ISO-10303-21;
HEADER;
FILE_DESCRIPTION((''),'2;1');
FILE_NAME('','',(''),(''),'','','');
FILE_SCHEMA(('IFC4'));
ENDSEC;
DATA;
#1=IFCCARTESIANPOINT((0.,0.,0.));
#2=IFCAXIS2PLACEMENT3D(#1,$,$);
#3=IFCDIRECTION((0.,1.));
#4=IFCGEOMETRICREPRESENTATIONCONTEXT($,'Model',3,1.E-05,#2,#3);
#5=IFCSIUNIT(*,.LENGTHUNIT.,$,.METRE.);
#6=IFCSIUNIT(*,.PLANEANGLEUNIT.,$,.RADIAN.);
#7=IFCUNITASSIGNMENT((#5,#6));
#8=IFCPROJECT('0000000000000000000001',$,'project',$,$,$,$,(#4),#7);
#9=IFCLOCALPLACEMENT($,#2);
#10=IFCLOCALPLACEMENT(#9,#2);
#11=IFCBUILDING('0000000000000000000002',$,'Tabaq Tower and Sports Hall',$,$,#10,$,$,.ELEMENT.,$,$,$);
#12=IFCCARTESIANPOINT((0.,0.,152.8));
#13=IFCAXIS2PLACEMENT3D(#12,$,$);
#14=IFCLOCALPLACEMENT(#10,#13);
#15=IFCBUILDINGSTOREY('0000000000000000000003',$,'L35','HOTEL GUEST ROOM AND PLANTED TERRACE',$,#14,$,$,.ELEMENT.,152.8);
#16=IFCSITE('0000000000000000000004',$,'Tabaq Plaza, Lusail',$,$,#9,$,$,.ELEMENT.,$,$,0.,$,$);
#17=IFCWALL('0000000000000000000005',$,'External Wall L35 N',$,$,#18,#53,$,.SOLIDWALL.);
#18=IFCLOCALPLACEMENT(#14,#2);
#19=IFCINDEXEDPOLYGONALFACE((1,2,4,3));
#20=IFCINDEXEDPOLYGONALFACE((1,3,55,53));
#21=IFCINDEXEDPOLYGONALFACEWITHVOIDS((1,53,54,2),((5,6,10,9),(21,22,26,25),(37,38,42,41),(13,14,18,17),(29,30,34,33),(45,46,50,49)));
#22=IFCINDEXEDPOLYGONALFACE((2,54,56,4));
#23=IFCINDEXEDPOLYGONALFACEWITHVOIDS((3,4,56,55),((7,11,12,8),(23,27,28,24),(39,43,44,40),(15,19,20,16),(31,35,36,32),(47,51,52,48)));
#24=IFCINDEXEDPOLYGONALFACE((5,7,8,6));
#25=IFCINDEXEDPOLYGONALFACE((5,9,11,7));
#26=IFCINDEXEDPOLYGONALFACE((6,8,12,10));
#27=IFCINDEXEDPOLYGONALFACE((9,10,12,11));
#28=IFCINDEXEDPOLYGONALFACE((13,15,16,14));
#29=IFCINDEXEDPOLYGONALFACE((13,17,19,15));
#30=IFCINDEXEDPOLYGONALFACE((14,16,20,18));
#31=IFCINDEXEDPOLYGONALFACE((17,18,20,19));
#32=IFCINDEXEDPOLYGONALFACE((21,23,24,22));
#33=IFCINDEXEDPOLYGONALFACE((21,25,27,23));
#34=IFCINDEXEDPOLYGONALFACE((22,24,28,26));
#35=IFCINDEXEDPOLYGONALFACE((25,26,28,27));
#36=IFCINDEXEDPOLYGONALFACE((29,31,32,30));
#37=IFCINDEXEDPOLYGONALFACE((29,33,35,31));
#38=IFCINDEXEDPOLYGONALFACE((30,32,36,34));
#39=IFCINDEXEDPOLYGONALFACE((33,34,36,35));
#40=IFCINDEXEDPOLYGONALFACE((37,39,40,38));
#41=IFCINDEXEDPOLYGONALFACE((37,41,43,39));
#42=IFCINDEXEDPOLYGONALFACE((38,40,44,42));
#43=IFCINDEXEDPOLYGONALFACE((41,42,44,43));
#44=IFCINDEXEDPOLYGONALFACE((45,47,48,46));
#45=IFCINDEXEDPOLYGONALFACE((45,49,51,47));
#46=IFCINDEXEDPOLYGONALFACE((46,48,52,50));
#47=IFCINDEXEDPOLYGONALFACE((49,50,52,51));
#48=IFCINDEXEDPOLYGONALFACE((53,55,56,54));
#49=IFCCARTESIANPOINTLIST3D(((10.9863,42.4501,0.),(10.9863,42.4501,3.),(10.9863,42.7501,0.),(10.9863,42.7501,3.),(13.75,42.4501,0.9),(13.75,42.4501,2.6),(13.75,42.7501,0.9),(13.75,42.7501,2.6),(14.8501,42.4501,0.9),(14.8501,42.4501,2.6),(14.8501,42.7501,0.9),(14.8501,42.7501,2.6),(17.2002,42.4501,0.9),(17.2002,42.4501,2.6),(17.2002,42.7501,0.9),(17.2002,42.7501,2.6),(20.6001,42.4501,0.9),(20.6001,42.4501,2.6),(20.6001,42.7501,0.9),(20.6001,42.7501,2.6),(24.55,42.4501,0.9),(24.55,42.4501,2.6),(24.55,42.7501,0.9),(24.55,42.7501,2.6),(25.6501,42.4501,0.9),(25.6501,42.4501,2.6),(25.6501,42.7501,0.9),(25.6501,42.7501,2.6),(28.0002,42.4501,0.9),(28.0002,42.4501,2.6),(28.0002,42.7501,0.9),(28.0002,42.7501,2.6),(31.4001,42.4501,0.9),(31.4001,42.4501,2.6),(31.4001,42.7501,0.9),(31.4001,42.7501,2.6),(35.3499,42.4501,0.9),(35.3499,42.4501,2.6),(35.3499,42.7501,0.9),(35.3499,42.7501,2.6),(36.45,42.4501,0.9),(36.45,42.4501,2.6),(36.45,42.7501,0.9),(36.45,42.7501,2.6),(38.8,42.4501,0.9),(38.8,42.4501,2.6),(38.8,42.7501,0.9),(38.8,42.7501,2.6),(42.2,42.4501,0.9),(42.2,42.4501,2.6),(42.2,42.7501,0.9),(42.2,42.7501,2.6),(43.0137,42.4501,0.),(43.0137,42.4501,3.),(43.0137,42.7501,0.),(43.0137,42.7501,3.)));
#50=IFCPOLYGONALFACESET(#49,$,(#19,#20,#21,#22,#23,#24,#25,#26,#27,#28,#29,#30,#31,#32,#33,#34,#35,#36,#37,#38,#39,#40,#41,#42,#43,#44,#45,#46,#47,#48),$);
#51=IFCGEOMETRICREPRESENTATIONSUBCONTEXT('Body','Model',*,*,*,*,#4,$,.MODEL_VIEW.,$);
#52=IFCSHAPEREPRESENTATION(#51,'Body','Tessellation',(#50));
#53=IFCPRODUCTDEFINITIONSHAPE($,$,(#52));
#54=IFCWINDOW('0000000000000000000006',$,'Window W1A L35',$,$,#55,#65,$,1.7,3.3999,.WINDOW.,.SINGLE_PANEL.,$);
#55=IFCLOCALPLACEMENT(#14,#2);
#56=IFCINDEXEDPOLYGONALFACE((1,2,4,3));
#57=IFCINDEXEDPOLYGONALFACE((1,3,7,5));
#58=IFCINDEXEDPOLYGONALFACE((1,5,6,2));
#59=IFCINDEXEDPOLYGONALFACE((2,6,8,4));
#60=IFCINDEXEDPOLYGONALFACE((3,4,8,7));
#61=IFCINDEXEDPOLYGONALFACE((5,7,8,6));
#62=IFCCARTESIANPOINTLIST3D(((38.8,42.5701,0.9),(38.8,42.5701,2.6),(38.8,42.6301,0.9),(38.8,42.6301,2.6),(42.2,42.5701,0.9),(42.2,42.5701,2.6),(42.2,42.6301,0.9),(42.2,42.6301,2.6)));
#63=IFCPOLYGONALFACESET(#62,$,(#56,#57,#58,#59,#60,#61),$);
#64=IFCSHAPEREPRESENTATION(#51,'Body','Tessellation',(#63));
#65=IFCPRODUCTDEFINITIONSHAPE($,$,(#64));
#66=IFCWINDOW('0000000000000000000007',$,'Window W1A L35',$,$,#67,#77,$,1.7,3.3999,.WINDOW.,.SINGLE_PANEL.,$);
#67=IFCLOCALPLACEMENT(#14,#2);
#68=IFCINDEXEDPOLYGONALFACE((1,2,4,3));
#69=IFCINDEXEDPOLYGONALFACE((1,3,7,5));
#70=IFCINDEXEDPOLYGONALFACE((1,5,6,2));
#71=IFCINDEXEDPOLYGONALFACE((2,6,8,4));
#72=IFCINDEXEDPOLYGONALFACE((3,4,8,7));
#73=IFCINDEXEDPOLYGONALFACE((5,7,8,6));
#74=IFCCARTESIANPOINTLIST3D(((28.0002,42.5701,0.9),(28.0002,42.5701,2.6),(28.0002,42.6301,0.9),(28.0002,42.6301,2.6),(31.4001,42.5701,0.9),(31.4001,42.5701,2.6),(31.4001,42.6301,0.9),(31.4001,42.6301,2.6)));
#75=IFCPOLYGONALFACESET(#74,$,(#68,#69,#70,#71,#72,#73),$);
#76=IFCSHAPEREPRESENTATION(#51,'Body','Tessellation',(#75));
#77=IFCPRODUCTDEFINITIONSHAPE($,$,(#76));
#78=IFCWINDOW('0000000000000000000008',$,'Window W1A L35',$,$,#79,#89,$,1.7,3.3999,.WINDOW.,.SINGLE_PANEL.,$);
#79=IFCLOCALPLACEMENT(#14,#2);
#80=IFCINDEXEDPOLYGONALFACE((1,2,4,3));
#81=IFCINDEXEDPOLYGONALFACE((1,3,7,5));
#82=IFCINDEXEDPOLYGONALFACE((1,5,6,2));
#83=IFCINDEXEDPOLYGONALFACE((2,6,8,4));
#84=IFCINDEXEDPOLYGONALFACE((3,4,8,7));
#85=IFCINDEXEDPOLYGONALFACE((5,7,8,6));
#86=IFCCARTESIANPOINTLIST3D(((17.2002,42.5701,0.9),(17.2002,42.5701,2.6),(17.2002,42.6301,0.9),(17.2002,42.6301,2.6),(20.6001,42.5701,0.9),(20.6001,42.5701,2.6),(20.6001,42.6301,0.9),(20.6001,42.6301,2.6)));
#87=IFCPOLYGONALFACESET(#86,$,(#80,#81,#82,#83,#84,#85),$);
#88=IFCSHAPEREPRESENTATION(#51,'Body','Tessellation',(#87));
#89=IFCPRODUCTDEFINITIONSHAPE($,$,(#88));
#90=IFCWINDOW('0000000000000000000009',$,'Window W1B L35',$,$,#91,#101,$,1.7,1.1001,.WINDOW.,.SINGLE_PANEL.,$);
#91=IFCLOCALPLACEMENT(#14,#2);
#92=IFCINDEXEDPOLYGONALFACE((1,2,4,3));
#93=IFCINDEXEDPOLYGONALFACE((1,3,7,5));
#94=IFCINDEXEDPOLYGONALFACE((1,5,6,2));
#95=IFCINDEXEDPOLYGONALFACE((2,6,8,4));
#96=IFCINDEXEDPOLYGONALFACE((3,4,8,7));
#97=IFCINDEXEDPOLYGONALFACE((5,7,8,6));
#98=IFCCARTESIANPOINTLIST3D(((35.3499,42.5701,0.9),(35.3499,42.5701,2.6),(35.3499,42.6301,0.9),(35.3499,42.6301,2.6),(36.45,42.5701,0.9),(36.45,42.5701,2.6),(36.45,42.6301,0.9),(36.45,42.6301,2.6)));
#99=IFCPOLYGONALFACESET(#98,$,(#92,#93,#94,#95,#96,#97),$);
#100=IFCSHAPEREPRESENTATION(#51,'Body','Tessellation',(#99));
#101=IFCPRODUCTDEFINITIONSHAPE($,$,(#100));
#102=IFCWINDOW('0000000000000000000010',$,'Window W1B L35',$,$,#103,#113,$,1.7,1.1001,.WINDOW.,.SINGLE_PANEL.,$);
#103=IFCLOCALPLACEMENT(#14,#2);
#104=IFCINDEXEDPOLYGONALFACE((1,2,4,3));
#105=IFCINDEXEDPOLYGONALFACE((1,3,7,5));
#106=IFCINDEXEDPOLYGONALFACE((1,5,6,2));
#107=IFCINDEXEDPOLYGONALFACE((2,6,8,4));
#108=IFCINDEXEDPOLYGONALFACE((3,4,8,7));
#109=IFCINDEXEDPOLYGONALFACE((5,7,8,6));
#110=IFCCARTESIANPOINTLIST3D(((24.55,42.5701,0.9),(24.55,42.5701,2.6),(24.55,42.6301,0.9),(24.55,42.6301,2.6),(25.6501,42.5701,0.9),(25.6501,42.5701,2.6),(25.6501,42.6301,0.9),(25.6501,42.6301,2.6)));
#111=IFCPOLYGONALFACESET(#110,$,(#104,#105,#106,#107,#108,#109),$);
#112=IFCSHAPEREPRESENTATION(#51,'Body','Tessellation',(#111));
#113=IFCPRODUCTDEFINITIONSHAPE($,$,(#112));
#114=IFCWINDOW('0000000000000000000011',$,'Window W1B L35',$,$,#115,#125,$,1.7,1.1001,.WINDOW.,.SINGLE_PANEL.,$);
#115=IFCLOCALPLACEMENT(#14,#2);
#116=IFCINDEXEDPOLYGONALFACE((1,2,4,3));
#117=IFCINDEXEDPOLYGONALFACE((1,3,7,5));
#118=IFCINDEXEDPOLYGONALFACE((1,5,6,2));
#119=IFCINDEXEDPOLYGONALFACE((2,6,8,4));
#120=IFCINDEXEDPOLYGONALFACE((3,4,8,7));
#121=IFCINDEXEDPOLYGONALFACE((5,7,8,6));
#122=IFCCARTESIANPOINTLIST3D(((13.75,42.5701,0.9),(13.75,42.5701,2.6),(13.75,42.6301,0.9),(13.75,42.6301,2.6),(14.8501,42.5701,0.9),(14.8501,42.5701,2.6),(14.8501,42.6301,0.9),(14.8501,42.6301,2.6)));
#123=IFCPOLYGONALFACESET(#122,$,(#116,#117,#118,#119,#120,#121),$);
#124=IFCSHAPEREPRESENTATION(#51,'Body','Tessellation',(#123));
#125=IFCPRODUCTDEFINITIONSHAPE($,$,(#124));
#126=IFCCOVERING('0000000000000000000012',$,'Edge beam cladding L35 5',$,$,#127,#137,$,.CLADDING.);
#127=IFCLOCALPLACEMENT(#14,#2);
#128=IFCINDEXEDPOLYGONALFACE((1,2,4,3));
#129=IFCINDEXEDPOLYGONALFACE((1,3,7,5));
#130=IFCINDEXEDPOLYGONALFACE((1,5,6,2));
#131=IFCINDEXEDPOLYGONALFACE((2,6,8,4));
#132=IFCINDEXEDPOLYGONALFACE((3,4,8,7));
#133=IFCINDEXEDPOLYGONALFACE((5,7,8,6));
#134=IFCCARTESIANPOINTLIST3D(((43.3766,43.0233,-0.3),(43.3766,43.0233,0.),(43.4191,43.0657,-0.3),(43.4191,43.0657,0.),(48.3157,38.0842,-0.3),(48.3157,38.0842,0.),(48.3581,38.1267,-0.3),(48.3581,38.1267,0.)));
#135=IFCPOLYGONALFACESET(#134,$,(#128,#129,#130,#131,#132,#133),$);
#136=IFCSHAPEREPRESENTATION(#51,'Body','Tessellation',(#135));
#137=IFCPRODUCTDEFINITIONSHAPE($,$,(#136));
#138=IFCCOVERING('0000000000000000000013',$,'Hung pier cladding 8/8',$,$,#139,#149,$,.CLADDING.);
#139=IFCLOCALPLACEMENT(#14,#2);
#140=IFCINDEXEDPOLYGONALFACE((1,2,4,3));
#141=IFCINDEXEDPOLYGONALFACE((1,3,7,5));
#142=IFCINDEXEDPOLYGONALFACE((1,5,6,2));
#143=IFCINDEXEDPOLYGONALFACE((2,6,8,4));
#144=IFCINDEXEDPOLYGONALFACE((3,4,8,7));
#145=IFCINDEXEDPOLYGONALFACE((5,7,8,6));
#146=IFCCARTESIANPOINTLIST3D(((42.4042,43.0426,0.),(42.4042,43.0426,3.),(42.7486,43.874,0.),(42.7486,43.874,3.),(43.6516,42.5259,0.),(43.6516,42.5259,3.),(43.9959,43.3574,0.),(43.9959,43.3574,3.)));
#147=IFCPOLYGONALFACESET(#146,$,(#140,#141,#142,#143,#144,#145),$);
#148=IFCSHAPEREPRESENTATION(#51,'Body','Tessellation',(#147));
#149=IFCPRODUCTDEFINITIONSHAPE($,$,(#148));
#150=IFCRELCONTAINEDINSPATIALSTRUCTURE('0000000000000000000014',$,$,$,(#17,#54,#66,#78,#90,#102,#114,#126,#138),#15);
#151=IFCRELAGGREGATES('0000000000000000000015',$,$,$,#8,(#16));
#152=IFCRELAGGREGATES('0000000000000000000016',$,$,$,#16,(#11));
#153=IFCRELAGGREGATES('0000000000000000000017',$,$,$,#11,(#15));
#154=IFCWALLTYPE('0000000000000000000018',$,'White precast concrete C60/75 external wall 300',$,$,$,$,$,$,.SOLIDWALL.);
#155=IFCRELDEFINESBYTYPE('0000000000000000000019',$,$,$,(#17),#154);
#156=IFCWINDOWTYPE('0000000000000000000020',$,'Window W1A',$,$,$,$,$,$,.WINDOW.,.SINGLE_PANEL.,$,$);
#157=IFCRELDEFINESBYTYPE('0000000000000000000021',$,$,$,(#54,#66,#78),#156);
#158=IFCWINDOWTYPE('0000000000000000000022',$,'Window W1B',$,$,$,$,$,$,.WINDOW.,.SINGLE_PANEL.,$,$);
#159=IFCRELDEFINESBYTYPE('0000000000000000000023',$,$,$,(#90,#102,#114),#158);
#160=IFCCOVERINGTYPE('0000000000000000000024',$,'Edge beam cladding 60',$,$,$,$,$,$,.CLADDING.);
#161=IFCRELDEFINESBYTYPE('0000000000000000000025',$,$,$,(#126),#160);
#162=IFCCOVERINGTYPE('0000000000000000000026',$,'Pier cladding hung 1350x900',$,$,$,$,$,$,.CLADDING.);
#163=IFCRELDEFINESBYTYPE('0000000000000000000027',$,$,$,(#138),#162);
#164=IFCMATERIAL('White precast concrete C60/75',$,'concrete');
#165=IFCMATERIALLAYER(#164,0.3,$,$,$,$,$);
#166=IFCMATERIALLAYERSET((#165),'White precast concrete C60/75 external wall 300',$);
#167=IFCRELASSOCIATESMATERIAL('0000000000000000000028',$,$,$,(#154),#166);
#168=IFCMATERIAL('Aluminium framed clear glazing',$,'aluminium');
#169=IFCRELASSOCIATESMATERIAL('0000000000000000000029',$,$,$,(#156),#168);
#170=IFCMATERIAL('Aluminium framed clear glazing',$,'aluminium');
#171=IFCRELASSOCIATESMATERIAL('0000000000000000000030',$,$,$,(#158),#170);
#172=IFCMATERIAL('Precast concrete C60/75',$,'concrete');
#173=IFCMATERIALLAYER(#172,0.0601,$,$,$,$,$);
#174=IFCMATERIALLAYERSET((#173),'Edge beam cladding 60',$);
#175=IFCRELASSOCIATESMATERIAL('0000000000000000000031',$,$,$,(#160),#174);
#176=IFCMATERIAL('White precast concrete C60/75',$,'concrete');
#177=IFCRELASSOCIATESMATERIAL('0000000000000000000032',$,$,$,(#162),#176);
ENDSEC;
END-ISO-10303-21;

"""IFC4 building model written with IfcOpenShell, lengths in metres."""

from ifc_helpers import new_model, si_unit, direction, frame, frame_2d, origin, place, context, subcontext, project, spatial, rectangle, extrude, material, layer, layer_set, type_object, element, fill, save


model = new_model("IFC4")

# Units and contexts
model_context = context("Model", 3, precision=1e-05, world=origin(), true_north=direction((0.0, 1.0)))
body_context = subcontext(model_context, "Body", "Model", "MODEL_VIEW")
ifc_project = project(units=[si_unit("LENGTHUNIT", "METRE"), si_unit("PLANEANGLEUNIT", "RADIAN")], contexts=[model_context])

# Site, building, storey
site_placement = place(None, origin())
site = spatial("IfcSite", under=ifc_project, at=site_placement, Name="Tabaq Plaza, Lusail", CompositionType="ELEMENT", RefElevation=0.0)
building_placement = place(site_placement, origin())
building = spatial("IfcBuilding", under=site, at=building_placement, Name="Tabaq Tower and Sports Hall", CompositionType="ELEMENT")
storey_placement = place(building_placement, frame((0.0, 0.0, 152.8)))
storey = spatial("IfcBuildingStorey", under=building, at=storey_placement, Name="L35", Description="HOTEL GUEST ROOM AND PLANTED TERRACE", CompositionType="ELEMENT", Elevation=152.8)

# Wall, openings, windows
ifc_material_1 = material(Name="White precast concrete C60/75", Category="concrete")
ifc_layer_1 = layer(ifc_material_1, 0.3)
ifc_layer_set_1 = layer_set([ifc_layer_1], Name="White precast concrete C60/75 external wall 300")
wall_type_1 = type_object("IfcWallType", Name="White precast concrete C60/75 external wall 300", PredefinedType="SOLIDWALL", material=ifc_layer_set_1)
wall_1_placement = place(storey_placement, frame((43.0137, 42.6001, 0.0), z_axis=(0.0, 0.0, 1.0), x_axis=(-1.0, 0.0, 0.0)))
wall_1 = element("IfcWall", 1, at=wall_1_placement, inside=storey, type_object=wall_type_1, Name="External Wall L35 N", PredefinedType="SOLIDWALL", context=body_context, shape_type="SweptSolid", body=[
    extrude(rectangle(XDim=32.0273, YDim=0.3, at=frame_2d((16.0137, 0.0))), origin(), (0.0, 0.0, 1.0), 3.0),
])
opening_1_placement = place(wall_1_placement, frame((0.8137, 0.0, 0.8999)))
opening_1 = element("IfcOpeningElement", 2, at=opening_1_placement, cuts=wall_1, PredefinedType="OPENING", context=body_context, shape_type="SweptSolid", body=[
    extrude(rectangle(XDim=3.3999, YDim=1.7, at=frame_2d((1.7, 0.8501))), frame((0.0, 0.1602, 0.0), z_axis=(0.0, -1.0, 0.0), x_axis=(1.0, 0.0, 0.0)), (0.0, 0.0, 1.0), 0.3201),
])
opening_2_placement = place(wall_1_placement, frame((6.5637, 0.0, 0.8999)))
opening_2 = element("IfcOpeningElement", 3, at=opening_2_placement, cuts=wall_1, PredefinedType="OPENING", context=body_context, shape_type="SweptSolid", body=[
    extrude(rectangle(XDim=1.1001, YDim=1.7, at=frame_2d((0.55, 0.8501))), frame((0.0, 0.1602, 0.0), z_axis=(0.0, -1.0, 0.0), x_axis=(1.0, 0.0, 0.0)), (0.0, 0.0, 1.0), 0.3201),
])
opening_3_placement = place(wall_1_placement, frame((11.6135, 0.0, 0.8999)))
opening_3 = element("IfcOpeningElement", 4, at=opening_3_placement, cuts=wall_1, PredefinedType="OPENING", context=body_context, shape_type="SweptSolid", body=[
    extrude(rectangle(XDim=3.3999, YDim=1.7, at=frame_2d((1.7, 0.8501))), frame((0.0, 0.1602, 0.0), z_axis=(0.0, -1.0, 0.0), x_axis=(1.0, 0.0, 0.0)), (0.0, 0.0, 1.0), 0.3201),
])
opening_4_placement = place(wall_1_placement, frame((17.3635, 0.0, 0.8999)))
opening_4 = element("IfcOpeningElement", 5, at=opening_4_placement, cuts=wall_1, PredefinedType="OPENING", context=body_context, shape_type="SweptSolid", body=[
    extrude(rectangle(XDim=1.1001, YDim=1.7, at=frame_2d((0.55, 0.8501))), frame((0.0, 0.1602, 0.0), z_axis=(0.0, -1.0, 0.0), x_axis=(1.0, 0.0, 0.0)), (0.0, 0.0, 1.0), 0.3201),
])
opening_5_placement = place(wall_1_placement, frame((22.4136, 0.0, 0.8999)))
opening_5 = element("IfcOpeningElement", 6, at=opening_5_placement, cuts=wall_1, PredefinedType="OPENING", context=body_context, shape_type="SweptSolid", body=[
    extrude(rectangle(XDim=3.3999, YDim=1.7, at=frame_2d((1.7, 0.8501))), frame((0.0, 0.1602, 0.0), z_axis=(0.0, -1.0, 0.0), x_axis=(1.0, 0.0, 0.0)), (0.0, 0.0, 1.0), 0.3201),
])
opening_6_placement = place(wall_1_placement, frame((28.1636, 0.0, 0.8999)))
opening_6 = element("IfcOpeningElement", 7, at=opening_6_placement, cuts=wall_1, PredefinedType="OPENING", context=body_context, shape_type="SweptSolid", body=[
    extrude(rectangle(XDim=1.1001, YDim=1.7, at=frame_2d((0.55, 0.8501))), frame((0.0, 0.1602, 0.0), z_axis=(0.0, -1.0, 0.0), x_axis=(1.0, 0.0, 0.0)), (0.0, 0.0, 1.0), 0.3201),
])
ifc_material_2 = material(Name="Aluminium framed clear glazing", Category="aluminium")
window_type_1 = type_object("IfcWindowType", Name="Window W1A", PartitioningType="SINGLE_PANEL", PredefinedType="WINDOW", material=ifc_material_2)
window_1_placement = place(opening_1_placement, origin())
window_1 = element("IfcWindow", 8, at=window_1_placement, inside=storey, type_object=window_type_1, Name="Window W1A L35", OverallHeight=1.7, OverallWidth=3.3999, PartitioningType="SINGLE_PANEL", PredefinedType="WINDOW", context=body_context, shape_type="SweptSolid", body=[
    extrude(rectangle(XDim=3.3999, YDim=1.7, at=frame_2d((1.7, 0.8501))), frame((0.0, 0.03, 0.0), z_axis=(0.0, -1.0, 0.0), x_axis=(1.0, 0.0, 0.0)), (0.0, 0.0, 1.0), 0.0601),
])
fill(opening_1, window_1)
window_2_placement = place(opening_3_placement, origin())
window_2 = element("IfcWindow", 9, at=window_2_placement, inside=storey, type_object=window_type_1, Name="Window W1A L35", OverallHeight=1.7, OverallWidth=3.3999, PartitioningType="SINGLE_PANEL", PredefinedType="WINDOW", context=body_context, shape_type="SweptSolid", body=[
    extrude(rectangle(XDim=3.3999, YDim=1.7, at=frame_2d((1.7, 0.8501))), frame((0.0, 0.03, 0.0), z_axis=(0.0, -1.0, 0.0), x_axis=(1.0, 0.0, 0.0)), (0.0, 0.0, 1.0), 0.0601),
])
fill(opening_3, window_2)
window_3_placement = place(opening_5_placement, origin())
window_3 = element("IfcWindow", 10, at=window_3_placement, inside=storey, type_object=window_type_1, Name="Window W1A L35", OverallHeight=1.7, OverallWidth=3.3999, PartitioningType="SINGLE_PANEL", PredefinedType="WINDOW", context=body_context, shape_type="SweptSolid", body=[
    extrude(rectangle(XDim=3.3999, YDim=1.7, at=frame_2d((1.7, 0.8501))), frame((0.0, 0.03, 0.0), z_axis=(0.0, -1.0, 0.0), x_axis=(1.0, 0.0, 0.0)), (0.0, 0.0, 1.0), 0.0601),
])
fill(opening_5, window_3)
ifc_material_3 = material(Name="Aluminium framed clear glazing", Category="aluminium")
window_type_2 = type_object("IfcWindowType", Name="Window W1B", PartitioningType="SINGLE_PANEL", PredefinedType="WINDOW", material=ifc_material_3)
window_4_placement = place(opening_2_placement, origin())
window_4 = element("IfcWindow", 11, at=window_4_placement, inside=storey, type_object=window_type_2, Name="Window W1B L35", OverallHeight=1.7, OverallWidth=1.1001, PartitioningType="SINGLE_PANEL", PredefinedType="WINDOW", context=body_context, shape_type="SweptSolid", body=[
    extrude(rectangle(XDim=1.1001, YDim=1.7, at=frame_2d((0.55, 0.8501))), frame((0.0, 0.03, 0.0), z_axis=(0.0, -1.0, 0.0), x_axis=(1.0, 0.0, 0.0)), (0.0, 0.0, 1.0), 0.0601),
])
fill(opening_2, window_4)
window_5_placement = place(opening_4_placement, origin())
window_5 = element("IfcWindow", 12, at=window_5_placement, inside=storey, type_object=window_type_2, Name="Window W1B L35", OverallHeight=1.7, OverallWidth=1.1001, PartitioningType="SINGLE_PANEL", PredefinedType="WINDOW", context=body_context, shape_type="SweptSolid", body=[
    extrude(rectangle(XDim=1.1001, YDim=1.7, at=frame_2d((0.55, 0.8501))), frame((0.0, 0.03, 0.0), z_axis=(0.0, -1.0, 0.0), x_axis=(1.0, 0.0, 0.0)), (0.0, 0.0, 1.0), 0.0601),
])
fill(opening_4, window_5)
window_6_placement = place(opening_6_placement, origin())
window_6 = element("IfcWindow", 13, at=window_6_placement, inside=storey, type_object=window_type_2, Name="Window W1B L35", OverallHeight=1.7, OverallWidth=1.1001, PartitioningType="SINGLE_PANEL", PredefinedType="WINDOW", context=body_context, shape_type="SweptSolid", body=[
    extrude(rectangle(XDim=1.1001, YDim=1.7, at=frame_2d((0.55, 0.8501))), frame((0.0, 0.03, 0.0), z_axis=(0.0, -1.0, 0.0), x_axis=(1.0, 0.0, 0.0)), (0.0, 0.0, 1.0), 0.0601),
])
fill(opening_6, window_6)

# Coverings
ifc_material_4 = material(Name="Precast concrete C60/75", Category="concrete")
ifc_layer_2 = layer(ifc_material_4, 0.0601)
ifc_layer_set_2 = layer_set([ifc_layer_2], Name="Edge beam cladding 60")
covering_type_1 = type_object("IfcCoveringType", Name="Edge beam cladding 60", PredefinedType="CLADDING", material=ifc_layer_set_2)
covering_1_placement = place(storey_placement, frame((48.3369, 38.1055, -0.3), z_axis=(0.0, 0.0, 1.0), x_axis=(-0.707107, 0.707107, 0.0)))
element("IfcCovering", 14, at=covering_1_placement, inside=storey, type_object=covering_type_1, Name="Edge beam cladding L35 5", PredefinedType="CLADDING", context=body_context, shape_type="SweptSolid", body=[
    extrude(rectangle(XDim=6.9849, YDim=0.0601, at=frame_2d((3.4924, 0.0))), origin(), (0.0, 0.0, 1.0), 0.3),
])
ifc_material_5 = material(Name="White precast concrete C60/75", Category="concrete")
covering_type_2 = type_object("IfcCoveringType", Name="Pier cladding hung 1350x900", PredefinedType="CLADDING", material=ifc_material_5)
covering_2_placement = place(storey_placement, frame((43.8237, 42.9417, 0.0), z_axis=(0.0, 0.0, 1.0), x_axis=(-0.923893, 0.38265, 0.0)))
element("IfcCovering", 15, at=covering_2_placement, inside=storey, type_object=covering_type_2, Name="Hung pier cladding 8/8", PredefinedType="CLADDING", context=body_context, shape_type="SweptSolid", body=[
    extrude(rectangle(XDim=1.3501, YDim=0.8999, at=frame_2d((0.675, 0.0))), origin(), (0.0, 0.0, 1.0), 3.0),
])

save(model, "model.ifc")
